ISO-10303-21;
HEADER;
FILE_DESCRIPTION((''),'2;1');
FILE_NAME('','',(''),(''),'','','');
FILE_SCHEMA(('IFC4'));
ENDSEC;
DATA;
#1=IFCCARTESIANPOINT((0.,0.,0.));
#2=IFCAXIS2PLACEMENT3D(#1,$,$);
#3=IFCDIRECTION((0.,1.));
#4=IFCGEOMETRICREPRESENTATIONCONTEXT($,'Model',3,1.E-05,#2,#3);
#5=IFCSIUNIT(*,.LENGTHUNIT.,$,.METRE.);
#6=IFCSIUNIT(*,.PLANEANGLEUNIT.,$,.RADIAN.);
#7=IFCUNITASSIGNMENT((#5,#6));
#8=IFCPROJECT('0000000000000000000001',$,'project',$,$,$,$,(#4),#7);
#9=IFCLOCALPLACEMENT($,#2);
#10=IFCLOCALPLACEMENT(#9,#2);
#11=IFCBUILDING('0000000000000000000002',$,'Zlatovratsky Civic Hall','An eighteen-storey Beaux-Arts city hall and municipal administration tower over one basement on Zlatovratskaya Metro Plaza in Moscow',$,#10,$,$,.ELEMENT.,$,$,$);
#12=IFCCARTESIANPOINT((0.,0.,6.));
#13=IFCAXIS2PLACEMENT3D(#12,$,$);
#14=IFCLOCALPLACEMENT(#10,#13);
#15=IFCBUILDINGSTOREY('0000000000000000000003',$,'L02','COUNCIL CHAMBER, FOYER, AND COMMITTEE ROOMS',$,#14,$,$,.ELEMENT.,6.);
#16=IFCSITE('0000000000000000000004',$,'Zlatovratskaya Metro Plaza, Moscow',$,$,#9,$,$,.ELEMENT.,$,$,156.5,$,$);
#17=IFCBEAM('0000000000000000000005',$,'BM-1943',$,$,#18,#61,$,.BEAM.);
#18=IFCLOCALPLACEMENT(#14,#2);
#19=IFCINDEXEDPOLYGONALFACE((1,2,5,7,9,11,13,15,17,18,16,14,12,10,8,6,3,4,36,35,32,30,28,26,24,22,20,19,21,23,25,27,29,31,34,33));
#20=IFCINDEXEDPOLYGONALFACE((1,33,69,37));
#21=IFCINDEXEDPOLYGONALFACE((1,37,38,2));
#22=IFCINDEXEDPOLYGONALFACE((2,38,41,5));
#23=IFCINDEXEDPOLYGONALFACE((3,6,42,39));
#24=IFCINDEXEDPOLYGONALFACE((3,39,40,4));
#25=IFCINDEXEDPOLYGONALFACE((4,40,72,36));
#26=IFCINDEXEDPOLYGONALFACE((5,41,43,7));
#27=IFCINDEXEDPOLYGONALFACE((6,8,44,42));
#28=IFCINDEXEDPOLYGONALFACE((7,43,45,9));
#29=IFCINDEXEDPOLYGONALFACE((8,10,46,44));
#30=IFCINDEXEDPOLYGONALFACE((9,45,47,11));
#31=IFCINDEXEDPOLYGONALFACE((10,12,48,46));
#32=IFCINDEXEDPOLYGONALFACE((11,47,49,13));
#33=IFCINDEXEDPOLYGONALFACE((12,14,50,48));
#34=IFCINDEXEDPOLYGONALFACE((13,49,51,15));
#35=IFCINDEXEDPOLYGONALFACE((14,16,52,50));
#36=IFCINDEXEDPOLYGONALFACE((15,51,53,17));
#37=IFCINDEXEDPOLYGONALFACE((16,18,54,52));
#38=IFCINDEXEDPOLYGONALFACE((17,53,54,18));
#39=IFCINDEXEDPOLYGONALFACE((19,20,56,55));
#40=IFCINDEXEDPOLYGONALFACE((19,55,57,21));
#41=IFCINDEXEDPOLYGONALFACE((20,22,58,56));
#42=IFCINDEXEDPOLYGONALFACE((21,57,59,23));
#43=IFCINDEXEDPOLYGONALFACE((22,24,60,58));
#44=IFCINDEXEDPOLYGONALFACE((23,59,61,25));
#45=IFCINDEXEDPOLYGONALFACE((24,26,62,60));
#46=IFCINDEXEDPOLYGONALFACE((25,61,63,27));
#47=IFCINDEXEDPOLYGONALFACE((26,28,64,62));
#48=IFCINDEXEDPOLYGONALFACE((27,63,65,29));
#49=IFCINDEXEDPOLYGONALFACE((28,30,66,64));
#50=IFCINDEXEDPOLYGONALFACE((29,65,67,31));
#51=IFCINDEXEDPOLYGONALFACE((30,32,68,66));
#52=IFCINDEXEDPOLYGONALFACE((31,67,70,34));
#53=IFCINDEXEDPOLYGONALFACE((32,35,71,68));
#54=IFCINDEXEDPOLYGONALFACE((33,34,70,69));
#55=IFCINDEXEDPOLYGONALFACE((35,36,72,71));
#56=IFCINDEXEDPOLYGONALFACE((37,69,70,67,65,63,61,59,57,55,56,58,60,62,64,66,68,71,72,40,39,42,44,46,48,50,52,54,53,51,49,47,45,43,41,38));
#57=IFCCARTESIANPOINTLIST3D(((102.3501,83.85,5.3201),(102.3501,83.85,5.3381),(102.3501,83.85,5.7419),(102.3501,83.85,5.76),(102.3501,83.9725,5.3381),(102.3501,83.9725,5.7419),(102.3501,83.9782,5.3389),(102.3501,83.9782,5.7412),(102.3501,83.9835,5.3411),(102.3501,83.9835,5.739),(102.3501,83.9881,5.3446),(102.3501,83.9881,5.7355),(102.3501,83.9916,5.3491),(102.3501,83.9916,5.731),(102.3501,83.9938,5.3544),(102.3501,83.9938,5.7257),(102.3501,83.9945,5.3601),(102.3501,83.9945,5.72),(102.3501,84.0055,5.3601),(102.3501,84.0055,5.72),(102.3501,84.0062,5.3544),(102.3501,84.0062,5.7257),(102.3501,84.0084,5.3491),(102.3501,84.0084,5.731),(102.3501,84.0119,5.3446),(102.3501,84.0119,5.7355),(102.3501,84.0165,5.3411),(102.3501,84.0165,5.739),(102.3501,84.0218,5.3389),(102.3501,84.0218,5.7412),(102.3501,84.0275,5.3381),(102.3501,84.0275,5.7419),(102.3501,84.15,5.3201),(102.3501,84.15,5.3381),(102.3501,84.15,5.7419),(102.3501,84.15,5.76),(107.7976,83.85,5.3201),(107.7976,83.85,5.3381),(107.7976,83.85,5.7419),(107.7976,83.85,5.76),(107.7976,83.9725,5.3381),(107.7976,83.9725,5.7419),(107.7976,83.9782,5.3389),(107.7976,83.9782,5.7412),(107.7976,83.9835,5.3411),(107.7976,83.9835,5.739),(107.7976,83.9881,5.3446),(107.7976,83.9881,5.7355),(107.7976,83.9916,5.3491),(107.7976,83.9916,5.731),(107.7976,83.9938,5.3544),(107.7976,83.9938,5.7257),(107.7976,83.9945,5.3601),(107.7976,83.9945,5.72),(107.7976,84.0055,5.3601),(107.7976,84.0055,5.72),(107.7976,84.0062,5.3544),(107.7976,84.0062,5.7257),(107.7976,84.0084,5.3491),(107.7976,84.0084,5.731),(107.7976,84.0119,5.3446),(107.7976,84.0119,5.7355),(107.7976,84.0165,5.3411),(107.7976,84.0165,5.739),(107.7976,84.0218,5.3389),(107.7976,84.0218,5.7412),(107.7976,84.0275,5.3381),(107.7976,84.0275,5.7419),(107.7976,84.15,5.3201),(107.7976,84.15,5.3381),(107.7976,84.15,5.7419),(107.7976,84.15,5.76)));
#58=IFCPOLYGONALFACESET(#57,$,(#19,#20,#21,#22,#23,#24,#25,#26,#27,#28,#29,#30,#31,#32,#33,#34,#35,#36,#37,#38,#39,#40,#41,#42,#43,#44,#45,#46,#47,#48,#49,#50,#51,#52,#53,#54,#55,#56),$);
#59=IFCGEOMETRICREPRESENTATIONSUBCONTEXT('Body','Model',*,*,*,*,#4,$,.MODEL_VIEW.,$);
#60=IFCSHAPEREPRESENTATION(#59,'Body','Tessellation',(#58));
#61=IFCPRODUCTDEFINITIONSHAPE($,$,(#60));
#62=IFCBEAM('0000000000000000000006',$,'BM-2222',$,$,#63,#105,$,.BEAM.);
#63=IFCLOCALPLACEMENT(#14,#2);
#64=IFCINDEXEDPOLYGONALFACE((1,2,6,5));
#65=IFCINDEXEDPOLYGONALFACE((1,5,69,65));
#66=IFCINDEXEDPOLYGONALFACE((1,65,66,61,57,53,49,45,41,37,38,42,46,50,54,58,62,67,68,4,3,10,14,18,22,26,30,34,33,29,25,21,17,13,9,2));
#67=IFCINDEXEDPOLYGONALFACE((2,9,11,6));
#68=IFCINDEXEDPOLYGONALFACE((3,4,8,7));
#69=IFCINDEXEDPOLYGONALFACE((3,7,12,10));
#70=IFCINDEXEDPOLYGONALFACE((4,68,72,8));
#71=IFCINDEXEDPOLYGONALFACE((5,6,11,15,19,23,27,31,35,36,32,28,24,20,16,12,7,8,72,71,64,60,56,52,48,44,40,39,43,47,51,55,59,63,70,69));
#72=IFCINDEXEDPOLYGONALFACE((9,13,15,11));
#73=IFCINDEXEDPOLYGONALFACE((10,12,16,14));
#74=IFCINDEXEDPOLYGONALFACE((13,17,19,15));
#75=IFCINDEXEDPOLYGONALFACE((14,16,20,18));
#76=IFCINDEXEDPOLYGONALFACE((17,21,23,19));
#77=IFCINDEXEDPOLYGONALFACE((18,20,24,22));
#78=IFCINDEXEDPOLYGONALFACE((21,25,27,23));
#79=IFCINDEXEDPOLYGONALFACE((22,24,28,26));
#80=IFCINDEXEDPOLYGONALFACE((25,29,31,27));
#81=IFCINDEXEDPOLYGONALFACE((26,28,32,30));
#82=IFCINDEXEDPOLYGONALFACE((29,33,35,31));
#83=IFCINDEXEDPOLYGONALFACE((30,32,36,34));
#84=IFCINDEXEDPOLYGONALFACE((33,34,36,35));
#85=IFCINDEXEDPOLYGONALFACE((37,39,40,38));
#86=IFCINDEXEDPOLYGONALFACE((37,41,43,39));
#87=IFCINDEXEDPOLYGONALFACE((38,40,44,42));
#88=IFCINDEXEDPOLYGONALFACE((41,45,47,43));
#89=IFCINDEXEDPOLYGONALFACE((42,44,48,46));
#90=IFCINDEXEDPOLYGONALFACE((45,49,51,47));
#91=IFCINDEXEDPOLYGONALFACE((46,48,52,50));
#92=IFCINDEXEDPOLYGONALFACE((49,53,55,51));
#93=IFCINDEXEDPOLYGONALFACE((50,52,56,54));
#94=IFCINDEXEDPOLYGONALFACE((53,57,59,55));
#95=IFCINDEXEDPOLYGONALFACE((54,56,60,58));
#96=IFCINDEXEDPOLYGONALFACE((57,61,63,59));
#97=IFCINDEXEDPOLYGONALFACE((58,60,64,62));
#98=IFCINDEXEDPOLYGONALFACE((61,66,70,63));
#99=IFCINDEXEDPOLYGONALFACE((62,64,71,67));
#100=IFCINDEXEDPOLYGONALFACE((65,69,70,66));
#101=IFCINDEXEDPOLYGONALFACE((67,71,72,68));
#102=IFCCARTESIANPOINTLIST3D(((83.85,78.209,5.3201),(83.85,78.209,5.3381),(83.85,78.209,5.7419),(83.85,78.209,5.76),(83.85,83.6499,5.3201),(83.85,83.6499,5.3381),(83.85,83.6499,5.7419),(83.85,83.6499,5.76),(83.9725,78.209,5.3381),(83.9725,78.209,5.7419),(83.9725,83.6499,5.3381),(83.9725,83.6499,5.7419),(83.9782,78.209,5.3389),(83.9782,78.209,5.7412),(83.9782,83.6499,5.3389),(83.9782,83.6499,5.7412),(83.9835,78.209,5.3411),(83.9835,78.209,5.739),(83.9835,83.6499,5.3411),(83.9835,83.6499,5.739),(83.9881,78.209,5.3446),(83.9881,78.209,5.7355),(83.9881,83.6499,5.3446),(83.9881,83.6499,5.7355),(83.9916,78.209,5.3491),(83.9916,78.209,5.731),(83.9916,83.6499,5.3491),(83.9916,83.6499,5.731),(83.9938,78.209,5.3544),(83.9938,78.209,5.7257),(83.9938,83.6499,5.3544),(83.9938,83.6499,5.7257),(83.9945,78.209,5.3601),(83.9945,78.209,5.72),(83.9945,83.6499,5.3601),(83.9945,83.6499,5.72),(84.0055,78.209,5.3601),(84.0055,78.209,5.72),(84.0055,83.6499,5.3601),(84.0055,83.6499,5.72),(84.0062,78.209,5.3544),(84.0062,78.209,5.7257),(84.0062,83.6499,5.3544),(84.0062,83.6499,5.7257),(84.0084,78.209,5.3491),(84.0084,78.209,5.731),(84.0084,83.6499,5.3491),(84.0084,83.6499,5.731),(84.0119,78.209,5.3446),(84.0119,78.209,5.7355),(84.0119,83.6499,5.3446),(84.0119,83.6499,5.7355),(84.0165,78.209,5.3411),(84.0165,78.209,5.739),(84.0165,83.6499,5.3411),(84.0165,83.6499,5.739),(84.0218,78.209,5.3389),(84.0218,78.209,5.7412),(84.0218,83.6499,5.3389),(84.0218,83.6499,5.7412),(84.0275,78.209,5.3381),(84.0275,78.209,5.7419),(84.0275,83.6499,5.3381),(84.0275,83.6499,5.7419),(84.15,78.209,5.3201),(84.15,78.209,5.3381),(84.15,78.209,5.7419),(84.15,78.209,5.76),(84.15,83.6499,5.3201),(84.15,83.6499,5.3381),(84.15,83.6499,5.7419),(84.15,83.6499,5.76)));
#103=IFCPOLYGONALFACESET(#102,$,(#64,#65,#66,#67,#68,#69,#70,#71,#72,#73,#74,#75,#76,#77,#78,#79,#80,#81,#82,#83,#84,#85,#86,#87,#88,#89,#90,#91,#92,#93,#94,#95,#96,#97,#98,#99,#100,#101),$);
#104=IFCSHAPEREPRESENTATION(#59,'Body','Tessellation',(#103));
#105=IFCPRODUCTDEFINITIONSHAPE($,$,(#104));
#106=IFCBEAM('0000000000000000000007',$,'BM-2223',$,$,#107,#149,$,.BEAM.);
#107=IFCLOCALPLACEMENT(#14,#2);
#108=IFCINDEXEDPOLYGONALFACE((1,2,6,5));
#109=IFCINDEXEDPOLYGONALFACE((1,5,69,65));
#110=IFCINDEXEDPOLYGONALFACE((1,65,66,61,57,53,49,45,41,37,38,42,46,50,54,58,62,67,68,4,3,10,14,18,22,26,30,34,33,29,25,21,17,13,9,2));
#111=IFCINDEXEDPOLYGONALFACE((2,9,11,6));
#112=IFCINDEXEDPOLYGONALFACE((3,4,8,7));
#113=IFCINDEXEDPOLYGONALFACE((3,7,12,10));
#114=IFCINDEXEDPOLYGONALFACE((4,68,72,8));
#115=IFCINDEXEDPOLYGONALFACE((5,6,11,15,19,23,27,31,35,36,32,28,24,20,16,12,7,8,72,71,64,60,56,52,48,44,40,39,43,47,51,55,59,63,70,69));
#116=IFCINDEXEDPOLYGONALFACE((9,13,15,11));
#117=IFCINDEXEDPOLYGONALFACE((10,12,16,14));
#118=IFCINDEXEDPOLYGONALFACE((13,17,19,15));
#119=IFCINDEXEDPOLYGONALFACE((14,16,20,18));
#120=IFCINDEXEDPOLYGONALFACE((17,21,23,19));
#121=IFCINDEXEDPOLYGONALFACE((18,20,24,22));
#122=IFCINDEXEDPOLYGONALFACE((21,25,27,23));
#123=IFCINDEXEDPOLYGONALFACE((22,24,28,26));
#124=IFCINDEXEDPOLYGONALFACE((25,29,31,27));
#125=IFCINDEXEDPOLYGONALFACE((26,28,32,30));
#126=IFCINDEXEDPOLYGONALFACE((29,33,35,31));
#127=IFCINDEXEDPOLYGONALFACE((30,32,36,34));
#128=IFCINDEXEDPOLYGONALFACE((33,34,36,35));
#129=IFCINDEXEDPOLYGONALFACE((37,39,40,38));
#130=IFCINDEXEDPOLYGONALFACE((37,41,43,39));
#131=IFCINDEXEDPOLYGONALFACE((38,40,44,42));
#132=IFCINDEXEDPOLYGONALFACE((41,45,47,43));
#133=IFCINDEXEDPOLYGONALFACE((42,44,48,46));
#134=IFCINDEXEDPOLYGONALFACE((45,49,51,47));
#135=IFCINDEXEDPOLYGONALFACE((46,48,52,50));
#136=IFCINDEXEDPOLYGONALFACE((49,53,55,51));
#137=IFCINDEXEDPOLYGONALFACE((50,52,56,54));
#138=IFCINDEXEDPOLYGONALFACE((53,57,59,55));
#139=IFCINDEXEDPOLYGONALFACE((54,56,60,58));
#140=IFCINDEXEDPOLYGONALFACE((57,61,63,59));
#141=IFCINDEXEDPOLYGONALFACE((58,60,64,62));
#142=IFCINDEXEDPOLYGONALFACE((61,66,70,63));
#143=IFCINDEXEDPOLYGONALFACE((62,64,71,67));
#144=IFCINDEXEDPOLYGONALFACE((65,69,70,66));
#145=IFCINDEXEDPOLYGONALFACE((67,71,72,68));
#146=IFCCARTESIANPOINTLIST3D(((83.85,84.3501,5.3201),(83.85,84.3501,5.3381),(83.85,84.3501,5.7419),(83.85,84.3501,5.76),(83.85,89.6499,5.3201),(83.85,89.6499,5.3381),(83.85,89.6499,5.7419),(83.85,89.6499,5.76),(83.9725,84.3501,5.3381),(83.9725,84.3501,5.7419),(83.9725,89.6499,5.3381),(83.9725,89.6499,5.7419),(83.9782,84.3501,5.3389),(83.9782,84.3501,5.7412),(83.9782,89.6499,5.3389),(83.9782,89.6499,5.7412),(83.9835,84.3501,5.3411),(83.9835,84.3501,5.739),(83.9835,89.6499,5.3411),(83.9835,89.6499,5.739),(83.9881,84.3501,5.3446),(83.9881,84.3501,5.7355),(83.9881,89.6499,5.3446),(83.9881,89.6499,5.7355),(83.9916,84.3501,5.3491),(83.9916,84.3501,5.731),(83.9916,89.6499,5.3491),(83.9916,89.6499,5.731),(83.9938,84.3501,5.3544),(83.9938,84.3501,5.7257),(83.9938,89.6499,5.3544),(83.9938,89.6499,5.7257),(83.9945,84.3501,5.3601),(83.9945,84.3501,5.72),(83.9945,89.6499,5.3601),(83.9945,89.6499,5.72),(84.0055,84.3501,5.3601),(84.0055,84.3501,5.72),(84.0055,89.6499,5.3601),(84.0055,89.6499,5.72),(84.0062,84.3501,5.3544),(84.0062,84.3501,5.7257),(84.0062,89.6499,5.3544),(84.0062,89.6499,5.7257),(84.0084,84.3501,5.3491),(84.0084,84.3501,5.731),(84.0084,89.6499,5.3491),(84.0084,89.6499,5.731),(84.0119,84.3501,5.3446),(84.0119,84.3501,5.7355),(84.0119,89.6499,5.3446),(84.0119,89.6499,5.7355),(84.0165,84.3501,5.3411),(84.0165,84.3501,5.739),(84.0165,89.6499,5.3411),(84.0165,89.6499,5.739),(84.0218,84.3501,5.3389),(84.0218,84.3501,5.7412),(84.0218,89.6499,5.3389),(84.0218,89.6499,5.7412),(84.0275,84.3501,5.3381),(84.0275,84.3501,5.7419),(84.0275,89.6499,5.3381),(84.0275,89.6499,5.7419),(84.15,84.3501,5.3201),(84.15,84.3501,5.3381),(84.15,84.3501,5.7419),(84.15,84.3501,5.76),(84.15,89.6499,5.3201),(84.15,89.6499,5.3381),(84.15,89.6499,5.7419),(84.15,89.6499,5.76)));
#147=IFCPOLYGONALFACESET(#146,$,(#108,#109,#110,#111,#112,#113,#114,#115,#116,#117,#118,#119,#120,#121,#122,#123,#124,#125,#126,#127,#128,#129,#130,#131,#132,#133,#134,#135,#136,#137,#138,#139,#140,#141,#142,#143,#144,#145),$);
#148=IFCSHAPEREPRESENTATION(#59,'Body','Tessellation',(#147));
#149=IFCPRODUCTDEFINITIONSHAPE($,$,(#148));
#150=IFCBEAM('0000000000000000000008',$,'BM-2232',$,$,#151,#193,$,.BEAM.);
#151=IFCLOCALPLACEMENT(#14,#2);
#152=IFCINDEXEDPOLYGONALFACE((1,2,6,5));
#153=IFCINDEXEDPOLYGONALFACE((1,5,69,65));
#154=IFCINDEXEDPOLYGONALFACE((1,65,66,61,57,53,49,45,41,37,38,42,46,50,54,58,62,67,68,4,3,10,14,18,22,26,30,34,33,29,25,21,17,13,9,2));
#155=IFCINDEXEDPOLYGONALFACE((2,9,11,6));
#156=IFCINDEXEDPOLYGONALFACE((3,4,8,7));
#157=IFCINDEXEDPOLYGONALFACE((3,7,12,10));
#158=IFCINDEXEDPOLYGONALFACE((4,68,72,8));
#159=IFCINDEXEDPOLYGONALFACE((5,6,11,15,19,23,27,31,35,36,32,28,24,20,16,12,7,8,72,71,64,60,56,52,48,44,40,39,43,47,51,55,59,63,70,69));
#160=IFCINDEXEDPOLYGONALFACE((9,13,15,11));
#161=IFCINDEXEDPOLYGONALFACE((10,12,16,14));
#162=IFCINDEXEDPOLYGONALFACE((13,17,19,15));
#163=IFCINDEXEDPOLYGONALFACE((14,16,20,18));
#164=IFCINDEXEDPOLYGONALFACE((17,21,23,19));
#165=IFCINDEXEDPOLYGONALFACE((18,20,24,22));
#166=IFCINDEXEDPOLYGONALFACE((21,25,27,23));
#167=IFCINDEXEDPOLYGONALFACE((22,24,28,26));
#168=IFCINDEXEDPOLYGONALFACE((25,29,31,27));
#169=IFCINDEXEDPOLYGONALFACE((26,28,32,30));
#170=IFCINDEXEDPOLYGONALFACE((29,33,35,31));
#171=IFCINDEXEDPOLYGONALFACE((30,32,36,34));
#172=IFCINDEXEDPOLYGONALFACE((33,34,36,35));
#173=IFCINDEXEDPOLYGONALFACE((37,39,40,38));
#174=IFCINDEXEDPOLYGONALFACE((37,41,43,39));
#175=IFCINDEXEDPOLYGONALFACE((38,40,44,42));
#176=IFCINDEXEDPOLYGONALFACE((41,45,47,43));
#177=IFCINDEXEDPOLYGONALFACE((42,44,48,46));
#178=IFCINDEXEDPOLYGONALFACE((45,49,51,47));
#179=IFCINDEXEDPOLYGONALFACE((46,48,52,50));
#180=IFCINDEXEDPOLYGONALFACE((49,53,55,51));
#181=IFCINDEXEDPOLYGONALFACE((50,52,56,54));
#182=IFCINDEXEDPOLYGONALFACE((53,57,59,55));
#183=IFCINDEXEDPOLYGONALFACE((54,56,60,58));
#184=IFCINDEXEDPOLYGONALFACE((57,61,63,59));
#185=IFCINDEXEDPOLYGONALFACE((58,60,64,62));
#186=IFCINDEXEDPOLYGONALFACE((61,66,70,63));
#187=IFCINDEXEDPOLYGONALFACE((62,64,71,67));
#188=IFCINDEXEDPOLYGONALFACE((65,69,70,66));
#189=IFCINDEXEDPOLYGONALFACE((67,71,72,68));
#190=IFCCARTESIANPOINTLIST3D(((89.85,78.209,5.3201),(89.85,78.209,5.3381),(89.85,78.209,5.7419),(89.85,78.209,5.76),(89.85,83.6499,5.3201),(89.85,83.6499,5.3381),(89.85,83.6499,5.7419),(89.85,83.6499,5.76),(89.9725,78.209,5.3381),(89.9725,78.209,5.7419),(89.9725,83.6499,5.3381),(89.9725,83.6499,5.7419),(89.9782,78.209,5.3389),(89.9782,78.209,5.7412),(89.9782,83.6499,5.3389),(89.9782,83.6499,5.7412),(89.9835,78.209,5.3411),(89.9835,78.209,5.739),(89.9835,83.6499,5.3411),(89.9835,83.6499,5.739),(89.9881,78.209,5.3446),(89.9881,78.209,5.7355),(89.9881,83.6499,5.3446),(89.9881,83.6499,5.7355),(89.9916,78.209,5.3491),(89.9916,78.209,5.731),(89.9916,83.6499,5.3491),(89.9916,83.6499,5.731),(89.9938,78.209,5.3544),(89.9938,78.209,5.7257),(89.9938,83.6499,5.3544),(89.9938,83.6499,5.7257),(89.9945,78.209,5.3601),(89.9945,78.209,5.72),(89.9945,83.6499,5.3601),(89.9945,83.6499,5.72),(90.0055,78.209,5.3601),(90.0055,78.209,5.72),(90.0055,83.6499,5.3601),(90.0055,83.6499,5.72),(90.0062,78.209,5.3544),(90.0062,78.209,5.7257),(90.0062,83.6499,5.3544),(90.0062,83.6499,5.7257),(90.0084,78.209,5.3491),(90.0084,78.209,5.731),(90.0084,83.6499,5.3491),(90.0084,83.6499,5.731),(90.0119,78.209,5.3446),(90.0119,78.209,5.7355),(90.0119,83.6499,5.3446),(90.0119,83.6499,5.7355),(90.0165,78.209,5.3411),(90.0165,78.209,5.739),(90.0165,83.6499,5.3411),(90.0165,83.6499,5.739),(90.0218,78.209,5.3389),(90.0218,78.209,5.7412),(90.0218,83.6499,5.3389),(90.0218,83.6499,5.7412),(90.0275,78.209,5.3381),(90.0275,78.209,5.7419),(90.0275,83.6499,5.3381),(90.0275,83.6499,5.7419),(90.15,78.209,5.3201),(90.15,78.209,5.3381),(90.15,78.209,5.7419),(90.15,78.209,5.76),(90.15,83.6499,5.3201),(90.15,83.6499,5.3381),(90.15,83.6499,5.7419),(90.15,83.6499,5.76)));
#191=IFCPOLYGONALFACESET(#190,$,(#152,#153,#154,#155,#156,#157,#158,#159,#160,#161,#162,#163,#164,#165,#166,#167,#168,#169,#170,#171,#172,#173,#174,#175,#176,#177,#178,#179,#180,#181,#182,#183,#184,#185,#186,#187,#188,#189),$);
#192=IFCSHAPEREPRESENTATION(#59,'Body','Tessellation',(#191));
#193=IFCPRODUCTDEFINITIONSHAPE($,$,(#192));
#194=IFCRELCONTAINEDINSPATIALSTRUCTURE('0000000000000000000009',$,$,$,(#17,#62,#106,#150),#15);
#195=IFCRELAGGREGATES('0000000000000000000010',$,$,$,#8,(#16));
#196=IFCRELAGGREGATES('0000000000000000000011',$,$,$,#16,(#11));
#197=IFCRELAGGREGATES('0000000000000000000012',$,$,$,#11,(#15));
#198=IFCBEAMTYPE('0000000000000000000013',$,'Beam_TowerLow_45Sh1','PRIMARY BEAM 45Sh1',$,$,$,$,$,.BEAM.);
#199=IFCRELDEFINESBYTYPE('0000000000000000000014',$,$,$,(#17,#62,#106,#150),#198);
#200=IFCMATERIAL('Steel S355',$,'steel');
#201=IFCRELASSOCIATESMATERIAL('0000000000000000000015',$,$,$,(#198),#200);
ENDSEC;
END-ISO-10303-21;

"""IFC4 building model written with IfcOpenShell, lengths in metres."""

from ifc_helpers import new_model, si_unit, direction, frame, origin, origin_2d, place, context, subcontext, project, spatial, i_section, extrude, material, material_profile, profile_set, type_object, element, save


model = new_model("IFC4")

# Units and contexts
model_context = context("Model", 3, precision=1e-05, world=origin(), true_north=direction((0.0, 1.0)))
body_context = subcontext(model_context, "Body", "Model", "MODEL_VIEW")
ifc_project = project(units=[si_unit("LENGTHUNIT", "METRE"), si_unit("PLANEANGLEUNIT", "RADIAN")], contexts=[model_context])

# Site, building, storey
site_placement = place(None, origin())
site = spatial("IfcSite", under=ifc_project, at=site_placement, Name="Zlatovratskaya Metro Plaza, Moscow", CompositionType="ELEMENT", RefElevation=156.5)
building_placement = place(site_placement, origin())
building = spatial("IfcBuilding", under=site, at=building_placement, Name="Zlatovratsky Civic Hall", Description="An eighteen-storey Beaux-Arts city hall and municipal administration tower over one basement on Zlatovratskaya Metro Plaza in Moscow", CompositionType="ELEMENT")
storey_placement = place(building_placement, frame((0.0, 0.0, 6.0)))
storey = spatial("IfcBuildingStorey", under=building, at=storey_placement, Name="L02", Description="COUNCIL CHAMBER, FOYER, AND COMMITTEE ROOMS", CompositionType="ELEMENT", Elevation=6.0)

# Shared definitions
ifc_material_1 = material(Name="Steel S355", Category="steel")

# Beams
ifc_material_profile_1 = material_profile(ifc_material_1, i_section(OverallWidth=0.3, OverallDepth=0.4399, WebThickness=0.011, FlangeThickness=0.0181, FilletRadius=0.022, at=origin_2d()), Name="45Sh1")
ifc_profile_set_1 = profile_set([ifc_material_profile_1], Name="Steel S355")
beam_type = type_object("IfcBeamType", Name="Beam_TowerLow_45Sh1", Description="PRIMARY BEAM 45Sh1", PredefinedType="BEAM", material=ifc_profile_set_1)
beam_1_placement = place(storey_placement, frame((102.3501, 84.0, 5.54), z_axis=(1.0, 0.0, 0.0), x_axis=(0.0, 1.0, 0.0)))
element("IfcBeam", 1, at=beam_1_placement, inside=storey, type_object=beam_type, Name="BM-1943", PredefinedType="BEAM", context=body_context, shape_type="SweptSolid", body=[
    extrude(i_section(OverallWidth=0.3, OverallDepth=0.4399, WebThickness=0.011, FlangeThickness=0.0181, FilletRadius=0.022, at=origin_2d()), origin(), (0.0, 0.0, 1.0), 5.4475),
])
beam_2_placement = place(storey_placement, frame((84.0, 78.209, 5.54), z_axis=(0.0, 1.0, 0.0), x_axis=(-1.0, 0.0, 0.0)))
element("IfcBeam", 2, at=beam_2_placement, inside=storey, type_object=beam_type, Name="BM-2222", PredefinedType="BEAM", context=body_context, shape_type="SweptSolid", body=[
    extrude(i_section(OverallWidth=0.3, OverallDepth=0.4399, WebThickness=0.011, FlangeThickness=0.0181, FilletRadius=0.022, at=origin_2d()), origin(), (0.0, 0.0, 1.0), 5.4409),
])
beam_3_placement = place(storey_placement, frame((84.0, 84.3501, 5.54), z_axis=(0.0, 1.0, 0.0), x_axis=(-1.0, 0.0, 0.0)))
element("IfcBeam", 3, at=beam_3_placement, inside=storey, type_object=beam_type, Name="BM-2223", PredefinedType="BEAM", context=body_context, shape_type="SweptSolid", body=[
    extrude(i_section(OverallWidth=0.3, OverallDepth=0.4399, WebThickness=0.011, FlangeThickness=0.0181, FilletRadius=0.022, at=origin_2d()), origin(), (0.0, 0.0, 1.0), 5.2998),
])
beam_4_placement = place(storey_placement, frame((90.0, 78.209, 5.54), z_axis=(0.0, 1.0, 0.0), x_axis=(-1.0, 0.0, 0.0)))
element("IfcBeam", 4, at=beam_4_placement, inside=storey, type_object=beam_type, Name="BM-2232", PredefinedType="BEAM", context=body_context, shape_type="SweptSolid", body=[
    extrude(i_section(OverallWidth=0.3, OverallDepth=0.4399, WebThickness=0.011, FlangeThickness=0.0181, FilletRadius=0.022, at=origin_2d()), origin(), (0.0, 0.0, 1.0), 5.4409),
])

save(model, "model.ifc")
